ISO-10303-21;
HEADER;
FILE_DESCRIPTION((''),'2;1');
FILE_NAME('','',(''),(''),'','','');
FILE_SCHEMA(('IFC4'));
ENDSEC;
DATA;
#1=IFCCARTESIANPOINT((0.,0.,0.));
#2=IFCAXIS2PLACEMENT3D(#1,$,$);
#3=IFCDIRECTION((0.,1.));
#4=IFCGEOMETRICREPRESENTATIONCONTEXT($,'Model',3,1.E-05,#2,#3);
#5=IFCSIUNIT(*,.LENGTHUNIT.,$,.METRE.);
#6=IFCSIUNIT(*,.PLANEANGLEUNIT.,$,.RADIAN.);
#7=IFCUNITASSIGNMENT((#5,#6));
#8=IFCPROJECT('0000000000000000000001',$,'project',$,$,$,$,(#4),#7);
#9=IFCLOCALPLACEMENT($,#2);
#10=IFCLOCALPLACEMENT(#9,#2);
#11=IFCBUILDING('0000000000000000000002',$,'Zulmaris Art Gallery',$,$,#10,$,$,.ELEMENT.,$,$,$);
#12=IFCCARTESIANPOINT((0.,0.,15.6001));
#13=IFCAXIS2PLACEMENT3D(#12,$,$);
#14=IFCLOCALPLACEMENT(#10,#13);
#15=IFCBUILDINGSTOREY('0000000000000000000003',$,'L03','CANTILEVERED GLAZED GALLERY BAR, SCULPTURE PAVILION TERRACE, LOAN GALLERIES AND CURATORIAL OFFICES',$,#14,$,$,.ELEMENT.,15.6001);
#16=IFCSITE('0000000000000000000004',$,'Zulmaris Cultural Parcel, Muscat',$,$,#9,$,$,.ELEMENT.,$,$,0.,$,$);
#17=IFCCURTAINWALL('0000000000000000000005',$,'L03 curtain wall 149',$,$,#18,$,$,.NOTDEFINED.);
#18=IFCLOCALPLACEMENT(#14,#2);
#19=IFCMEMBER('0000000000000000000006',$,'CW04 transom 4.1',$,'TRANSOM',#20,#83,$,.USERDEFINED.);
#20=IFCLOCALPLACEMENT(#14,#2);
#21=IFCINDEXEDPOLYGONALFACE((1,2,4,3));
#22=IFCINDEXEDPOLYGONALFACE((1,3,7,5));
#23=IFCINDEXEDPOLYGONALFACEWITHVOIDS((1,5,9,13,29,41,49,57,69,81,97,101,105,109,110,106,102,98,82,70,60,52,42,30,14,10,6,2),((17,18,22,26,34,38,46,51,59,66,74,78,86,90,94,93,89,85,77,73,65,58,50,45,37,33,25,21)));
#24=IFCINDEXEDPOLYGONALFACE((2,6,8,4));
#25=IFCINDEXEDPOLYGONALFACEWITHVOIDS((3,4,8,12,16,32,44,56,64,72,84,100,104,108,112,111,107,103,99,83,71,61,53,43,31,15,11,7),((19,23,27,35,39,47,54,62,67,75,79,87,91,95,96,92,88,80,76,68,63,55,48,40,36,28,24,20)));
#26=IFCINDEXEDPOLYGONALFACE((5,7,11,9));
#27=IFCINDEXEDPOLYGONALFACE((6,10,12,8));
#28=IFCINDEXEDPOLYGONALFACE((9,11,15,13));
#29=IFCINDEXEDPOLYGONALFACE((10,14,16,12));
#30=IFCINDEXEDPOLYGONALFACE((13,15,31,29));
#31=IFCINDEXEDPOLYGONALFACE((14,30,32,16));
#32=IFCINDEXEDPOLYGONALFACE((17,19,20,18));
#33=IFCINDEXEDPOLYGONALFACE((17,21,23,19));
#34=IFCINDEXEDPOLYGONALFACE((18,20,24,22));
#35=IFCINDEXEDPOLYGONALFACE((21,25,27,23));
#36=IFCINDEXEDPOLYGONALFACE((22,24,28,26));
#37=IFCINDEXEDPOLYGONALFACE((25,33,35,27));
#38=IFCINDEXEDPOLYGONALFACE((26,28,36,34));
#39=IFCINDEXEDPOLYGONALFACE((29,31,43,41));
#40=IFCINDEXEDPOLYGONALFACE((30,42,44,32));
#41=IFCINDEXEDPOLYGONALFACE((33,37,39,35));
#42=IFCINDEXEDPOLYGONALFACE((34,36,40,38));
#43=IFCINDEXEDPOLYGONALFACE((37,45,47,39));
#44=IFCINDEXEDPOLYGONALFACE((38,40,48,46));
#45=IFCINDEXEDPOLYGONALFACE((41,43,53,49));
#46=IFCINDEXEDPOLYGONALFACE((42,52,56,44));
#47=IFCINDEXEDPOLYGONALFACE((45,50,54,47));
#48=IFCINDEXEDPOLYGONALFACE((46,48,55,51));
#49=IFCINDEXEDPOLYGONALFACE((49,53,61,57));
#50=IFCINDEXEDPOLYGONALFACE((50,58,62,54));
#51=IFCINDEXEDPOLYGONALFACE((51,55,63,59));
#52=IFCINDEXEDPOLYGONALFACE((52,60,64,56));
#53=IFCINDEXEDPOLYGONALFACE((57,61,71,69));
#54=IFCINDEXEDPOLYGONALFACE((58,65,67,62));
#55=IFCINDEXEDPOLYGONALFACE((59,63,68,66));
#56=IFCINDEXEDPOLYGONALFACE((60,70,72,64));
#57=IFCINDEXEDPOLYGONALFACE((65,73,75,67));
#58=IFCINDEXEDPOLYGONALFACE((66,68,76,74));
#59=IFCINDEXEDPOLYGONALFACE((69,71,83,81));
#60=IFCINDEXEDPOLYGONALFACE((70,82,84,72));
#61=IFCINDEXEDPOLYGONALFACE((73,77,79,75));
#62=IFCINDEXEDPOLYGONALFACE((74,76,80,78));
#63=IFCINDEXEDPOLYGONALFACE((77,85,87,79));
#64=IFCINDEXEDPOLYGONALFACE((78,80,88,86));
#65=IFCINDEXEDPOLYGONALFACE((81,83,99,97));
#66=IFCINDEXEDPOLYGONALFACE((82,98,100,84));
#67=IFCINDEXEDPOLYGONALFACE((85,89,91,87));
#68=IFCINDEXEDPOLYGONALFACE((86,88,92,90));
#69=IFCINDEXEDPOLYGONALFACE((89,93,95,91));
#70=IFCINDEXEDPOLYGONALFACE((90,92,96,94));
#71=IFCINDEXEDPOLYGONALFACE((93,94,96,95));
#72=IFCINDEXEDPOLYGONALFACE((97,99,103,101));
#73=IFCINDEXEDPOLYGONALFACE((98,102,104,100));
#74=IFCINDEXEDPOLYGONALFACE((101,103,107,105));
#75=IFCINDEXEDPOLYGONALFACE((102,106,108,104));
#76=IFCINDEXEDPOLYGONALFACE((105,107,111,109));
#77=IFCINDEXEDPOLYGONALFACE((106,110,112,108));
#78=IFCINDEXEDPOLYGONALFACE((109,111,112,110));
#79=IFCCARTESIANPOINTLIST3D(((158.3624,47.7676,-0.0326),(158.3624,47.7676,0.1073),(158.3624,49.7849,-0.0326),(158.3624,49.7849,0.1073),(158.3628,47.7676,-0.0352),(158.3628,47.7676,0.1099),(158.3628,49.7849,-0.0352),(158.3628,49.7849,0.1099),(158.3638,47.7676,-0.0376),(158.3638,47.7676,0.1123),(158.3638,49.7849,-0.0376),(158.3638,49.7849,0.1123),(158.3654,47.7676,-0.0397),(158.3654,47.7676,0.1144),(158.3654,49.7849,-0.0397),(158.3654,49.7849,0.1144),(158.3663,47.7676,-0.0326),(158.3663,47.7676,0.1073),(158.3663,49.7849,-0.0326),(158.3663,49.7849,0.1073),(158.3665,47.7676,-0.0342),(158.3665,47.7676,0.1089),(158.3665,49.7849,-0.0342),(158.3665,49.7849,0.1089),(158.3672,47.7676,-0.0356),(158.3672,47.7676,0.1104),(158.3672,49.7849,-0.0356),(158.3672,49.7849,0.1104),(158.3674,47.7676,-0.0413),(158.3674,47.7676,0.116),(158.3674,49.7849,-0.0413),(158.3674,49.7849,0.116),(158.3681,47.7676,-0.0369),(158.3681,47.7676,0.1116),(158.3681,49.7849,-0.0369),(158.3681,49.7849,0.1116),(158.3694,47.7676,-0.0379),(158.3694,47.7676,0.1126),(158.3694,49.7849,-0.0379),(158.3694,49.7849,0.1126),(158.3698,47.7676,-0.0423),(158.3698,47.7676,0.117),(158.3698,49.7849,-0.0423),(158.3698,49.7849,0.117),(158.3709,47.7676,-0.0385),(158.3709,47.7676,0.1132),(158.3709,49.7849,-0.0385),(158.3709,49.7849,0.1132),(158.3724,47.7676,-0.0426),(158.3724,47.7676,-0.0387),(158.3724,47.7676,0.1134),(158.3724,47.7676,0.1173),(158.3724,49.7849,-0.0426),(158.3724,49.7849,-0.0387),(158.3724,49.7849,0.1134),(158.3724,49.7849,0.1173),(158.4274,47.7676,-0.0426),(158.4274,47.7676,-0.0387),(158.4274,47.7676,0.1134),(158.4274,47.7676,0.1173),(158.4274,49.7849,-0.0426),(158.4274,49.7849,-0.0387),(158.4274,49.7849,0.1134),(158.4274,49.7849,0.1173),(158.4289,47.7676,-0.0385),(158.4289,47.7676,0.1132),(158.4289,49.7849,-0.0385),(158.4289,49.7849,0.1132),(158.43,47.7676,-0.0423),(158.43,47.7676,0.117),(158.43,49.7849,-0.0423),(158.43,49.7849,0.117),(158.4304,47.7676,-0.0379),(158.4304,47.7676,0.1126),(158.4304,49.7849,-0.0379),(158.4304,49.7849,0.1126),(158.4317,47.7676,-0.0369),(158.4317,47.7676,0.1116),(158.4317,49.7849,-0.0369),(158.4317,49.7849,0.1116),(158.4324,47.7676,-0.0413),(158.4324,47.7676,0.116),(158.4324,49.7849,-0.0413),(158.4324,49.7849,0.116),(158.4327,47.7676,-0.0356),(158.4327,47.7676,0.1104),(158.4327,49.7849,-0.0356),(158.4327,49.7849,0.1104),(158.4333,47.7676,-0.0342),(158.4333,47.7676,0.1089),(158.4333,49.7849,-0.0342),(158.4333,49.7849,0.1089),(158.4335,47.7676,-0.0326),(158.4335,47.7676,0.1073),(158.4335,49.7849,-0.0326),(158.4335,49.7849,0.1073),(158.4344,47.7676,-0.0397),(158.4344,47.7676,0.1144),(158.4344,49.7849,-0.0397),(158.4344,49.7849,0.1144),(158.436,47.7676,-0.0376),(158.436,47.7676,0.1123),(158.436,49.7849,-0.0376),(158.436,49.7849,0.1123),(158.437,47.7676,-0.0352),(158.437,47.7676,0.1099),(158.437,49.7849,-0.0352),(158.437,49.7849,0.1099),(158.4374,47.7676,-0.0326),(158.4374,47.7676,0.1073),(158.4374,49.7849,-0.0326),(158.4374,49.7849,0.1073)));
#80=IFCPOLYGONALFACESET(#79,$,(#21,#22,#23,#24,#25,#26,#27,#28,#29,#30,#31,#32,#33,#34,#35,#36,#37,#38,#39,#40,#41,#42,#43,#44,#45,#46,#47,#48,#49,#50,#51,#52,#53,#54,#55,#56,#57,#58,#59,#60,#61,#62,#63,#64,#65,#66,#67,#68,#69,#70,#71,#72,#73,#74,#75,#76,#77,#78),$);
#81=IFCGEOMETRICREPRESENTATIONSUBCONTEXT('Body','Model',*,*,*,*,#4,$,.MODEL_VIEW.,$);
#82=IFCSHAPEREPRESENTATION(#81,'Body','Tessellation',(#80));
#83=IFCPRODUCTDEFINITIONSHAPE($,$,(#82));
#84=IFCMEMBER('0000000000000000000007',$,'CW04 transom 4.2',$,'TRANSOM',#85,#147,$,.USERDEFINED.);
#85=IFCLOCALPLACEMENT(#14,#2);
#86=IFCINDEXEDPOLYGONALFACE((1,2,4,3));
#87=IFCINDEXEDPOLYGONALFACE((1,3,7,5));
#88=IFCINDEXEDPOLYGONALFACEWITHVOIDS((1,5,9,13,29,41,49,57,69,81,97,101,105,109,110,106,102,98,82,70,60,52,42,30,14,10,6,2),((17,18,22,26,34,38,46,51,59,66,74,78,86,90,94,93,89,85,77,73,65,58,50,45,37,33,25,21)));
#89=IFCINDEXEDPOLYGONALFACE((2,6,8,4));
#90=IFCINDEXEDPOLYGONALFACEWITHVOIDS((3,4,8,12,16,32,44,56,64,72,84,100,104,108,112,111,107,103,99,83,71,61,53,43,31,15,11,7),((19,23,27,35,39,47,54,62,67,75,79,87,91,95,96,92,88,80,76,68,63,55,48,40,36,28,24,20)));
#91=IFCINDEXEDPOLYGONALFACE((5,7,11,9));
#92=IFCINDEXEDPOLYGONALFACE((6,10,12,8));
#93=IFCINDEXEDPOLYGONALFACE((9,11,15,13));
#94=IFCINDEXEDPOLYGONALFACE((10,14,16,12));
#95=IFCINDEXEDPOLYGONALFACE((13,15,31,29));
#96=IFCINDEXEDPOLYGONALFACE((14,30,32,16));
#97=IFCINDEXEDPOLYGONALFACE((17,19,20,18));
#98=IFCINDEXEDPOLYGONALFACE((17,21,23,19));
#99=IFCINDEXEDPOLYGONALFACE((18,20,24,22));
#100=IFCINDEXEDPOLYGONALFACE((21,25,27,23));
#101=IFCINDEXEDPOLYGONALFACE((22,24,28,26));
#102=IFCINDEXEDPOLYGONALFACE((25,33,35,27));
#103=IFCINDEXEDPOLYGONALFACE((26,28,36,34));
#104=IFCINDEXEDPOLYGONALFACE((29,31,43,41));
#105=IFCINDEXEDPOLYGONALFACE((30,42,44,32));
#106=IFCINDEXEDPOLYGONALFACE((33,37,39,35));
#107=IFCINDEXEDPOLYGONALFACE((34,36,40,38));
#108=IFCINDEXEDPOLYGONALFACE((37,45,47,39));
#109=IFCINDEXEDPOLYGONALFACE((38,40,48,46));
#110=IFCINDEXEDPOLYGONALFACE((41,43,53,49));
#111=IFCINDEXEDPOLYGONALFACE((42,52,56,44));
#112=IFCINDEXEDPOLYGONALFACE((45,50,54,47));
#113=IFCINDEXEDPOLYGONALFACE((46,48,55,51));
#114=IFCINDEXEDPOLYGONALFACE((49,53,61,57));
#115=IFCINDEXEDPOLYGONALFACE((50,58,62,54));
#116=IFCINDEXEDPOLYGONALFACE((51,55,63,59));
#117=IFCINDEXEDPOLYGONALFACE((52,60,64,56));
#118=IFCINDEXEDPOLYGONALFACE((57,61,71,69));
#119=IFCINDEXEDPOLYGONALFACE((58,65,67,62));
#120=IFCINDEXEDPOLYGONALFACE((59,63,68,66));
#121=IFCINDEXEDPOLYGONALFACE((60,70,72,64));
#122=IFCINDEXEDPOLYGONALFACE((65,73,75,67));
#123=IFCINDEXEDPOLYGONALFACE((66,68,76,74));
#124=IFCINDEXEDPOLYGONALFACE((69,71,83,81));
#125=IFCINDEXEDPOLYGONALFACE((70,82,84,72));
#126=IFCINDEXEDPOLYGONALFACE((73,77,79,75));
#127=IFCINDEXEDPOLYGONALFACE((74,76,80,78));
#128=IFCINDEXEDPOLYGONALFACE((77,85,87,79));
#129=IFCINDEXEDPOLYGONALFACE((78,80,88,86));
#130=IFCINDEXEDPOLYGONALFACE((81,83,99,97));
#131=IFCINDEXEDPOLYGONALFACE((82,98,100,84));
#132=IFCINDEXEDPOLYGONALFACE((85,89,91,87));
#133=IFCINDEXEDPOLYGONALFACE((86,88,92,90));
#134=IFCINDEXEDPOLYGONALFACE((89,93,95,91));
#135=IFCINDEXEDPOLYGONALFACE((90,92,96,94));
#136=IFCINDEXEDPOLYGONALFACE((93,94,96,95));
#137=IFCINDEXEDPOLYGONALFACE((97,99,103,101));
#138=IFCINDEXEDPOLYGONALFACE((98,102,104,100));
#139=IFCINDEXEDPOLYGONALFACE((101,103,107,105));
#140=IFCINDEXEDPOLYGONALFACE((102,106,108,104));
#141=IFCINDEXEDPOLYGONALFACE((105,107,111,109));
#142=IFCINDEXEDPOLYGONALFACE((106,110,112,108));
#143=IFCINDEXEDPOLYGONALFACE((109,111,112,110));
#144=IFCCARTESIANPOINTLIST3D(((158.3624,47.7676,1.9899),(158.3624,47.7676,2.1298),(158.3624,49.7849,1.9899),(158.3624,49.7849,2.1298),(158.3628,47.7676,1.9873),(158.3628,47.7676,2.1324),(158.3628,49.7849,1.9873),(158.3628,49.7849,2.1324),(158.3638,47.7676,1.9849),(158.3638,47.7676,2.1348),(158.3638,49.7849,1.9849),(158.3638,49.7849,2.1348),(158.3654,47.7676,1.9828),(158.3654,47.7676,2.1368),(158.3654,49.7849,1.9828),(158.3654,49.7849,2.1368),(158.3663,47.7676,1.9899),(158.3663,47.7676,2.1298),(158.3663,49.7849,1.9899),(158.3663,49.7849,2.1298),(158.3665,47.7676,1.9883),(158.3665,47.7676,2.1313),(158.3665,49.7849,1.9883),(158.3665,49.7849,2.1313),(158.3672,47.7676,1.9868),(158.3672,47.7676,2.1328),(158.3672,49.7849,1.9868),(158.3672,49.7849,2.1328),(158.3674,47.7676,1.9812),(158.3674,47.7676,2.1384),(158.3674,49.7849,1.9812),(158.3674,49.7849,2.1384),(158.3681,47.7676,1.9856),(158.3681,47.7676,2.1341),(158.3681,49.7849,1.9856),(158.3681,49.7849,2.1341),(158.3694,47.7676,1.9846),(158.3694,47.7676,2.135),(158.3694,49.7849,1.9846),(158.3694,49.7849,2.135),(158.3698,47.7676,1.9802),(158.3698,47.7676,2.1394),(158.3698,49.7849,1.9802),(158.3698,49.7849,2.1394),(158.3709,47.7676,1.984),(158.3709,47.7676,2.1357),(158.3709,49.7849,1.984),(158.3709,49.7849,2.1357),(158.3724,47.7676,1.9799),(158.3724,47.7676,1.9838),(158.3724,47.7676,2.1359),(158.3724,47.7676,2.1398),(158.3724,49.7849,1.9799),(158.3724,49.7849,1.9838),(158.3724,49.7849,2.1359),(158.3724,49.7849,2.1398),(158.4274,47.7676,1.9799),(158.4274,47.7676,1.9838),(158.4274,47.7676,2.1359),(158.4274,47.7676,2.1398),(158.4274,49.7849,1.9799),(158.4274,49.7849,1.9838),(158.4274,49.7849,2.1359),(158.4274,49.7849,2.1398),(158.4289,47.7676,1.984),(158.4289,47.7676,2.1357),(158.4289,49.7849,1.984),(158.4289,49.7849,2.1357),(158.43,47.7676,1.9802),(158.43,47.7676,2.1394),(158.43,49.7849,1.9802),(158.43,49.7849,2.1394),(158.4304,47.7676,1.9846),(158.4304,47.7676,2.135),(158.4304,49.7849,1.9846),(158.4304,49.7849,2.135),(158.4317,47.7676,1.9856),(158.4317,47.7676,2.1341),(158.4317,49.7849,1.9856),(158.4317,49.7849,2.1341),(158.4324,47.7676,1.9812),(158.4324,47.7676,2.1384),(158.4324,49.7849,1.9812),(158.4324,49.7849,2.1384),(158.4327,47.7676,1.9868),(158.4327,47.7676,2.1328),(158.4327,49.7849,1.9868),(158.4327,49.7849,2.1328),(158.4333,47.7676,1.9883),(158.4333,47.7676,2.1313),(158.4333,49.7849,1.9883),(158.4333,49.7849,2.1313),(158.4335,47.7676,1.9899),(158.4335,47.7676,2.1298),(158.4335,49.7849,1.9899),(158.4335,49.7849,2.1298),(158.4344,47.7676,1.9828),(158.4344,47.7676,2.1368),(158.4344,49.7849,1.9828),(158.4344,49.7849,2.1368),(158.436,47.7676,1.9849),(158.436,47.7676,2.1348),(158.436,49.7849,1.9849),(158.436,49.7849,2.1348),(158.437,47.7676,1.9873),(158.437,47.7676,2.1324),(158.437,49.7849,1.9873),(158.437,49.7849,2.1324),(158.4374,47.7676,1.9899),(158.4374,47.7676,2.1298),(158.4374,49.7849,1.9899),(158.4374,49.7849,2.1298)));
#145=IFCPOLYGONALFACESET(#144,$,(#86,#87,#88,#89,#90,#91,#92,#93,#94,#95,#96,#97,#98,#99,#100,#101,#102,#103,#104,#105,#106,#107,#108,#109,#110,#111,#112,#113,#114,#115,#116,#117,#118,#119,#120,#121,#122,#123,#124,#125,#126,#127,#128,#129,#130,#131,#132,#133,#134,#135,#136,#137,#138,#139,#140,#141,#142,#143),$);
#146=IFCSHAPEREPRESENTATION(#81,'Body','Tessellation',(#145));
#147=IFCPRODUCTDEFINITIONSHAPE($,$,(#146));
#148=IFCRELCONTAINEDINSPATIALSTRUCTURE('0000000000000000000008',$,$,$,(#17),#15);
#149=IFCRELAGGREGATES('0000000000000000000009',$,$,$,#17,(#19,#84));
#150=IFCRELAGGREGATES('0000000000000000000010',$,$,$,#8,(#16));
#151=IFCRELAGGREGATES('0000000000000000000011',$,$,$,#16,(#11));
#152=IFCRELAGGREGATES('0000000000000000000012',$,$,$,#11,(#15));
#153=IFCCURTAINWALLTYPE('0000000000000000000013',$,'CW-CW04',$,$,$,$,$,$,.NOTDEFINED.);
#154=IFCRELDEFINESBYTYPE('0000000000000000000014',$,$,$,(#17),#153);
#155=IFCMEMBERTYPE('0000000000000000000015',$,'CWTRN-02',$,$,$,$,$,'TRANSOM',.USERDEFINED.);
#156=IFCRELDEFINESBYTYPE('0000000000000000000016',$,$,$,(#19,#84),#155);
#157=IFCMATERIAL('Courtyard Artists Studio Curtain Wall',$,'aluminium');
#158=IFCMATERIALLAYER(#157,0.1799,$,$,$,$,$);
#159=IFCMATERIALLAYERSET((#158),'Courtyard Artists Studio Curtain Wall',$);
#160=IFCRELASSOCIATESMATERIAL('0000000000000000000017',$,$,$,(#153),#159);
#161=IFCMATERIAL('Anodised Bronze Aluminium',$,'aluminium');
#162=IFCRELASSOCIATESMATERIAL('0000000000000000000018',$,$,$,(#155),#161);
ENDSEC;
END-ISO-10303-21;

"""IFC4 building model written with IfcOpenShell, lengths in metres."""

from ifc_helpers import new_model, si_unit, direction, frame, origin, origin_2d, place, context, subcontext, project, spatial, hollow_rectangle, extrude, material, layer, layer_set, material_profile, profile_set, type_object, element, aggregate, save


model = new_model("IFC4")

# Units and contexts
model_context = context("Model", 3, precision=1e-05, world=origin(), true_north=direction((0.0, 1.0)))
body_context = subcontext(model_context, "Body", "Model", "MODEL_VIEW")
ifc_project = project(units=[si_unit("LENGTHUNIT", "METRE"), si_unit("PLANEANGLEUNIT", "RADIAN")], contexts=[model_context])

# Site, building, storey
site_placement = place(None, origin())
site = spatial("IfcSite", under=ifc_project, at=site_placement, Name="Zulmaris Cultural Parcel, Muscat", CompositionType="ELEMENT", RefElevation=0.0)
building_placement = place(site_placement, origin())
building = spatial("IfcBuilding", under=site, at=building_placement, Name="Zulmaris Art Gallery", CompositionType="ELEMENT")
storey_placement = place(building_placement, frame((0.0, 0.0, 15.6001)))
storey = spatial("IfcBuildingStorey", under=building, at=storey_placement, Name="L03", Description="CANTILEVERED GLAZED GALLERY BAR, SCULPTURE PAVILION TERRACE, LOAN GALLERIES AND CURATORIAL OFFICES", CompositionType="ELEMENT", Elevation=15.6001)

# Curtain wall
ifc_material_1 = material(Name="Courtyard Artists Studio Curtain Wall", Category="aluminium")
ifc_layer_1 = layer(ifc_material_1, 0.1799)
ifc_layer_set_1 = layer_set([ifc_layer_1], Name="Courtyard Artists Studio Curtain Wall")
curtain_wall_type = type_object("IfcCurtainWallType", Name="CW-CW04", PredefinedType="NOTDEFINED", material=ifc_layer_set_1)
curtain_wall_1_placement = place(storey_placement, origin())
curtain_wall_1 = element("IfcCurtainWall", 1, at=curtain_wall_1_placement, inside=storey, type_object=curtain_wall_type, Name="L03 curtain wall 149", PredefinedType="NOTDEFINED")
ifc_material_2 = material(Name="Anodised Bronze Aluminium", Category="aluminium")

# Members
ifc_material_profile_1 = material_profile(ifc_material_2, hollow_rectangle(XDim=0.075, YDim=0.1599, WallThickness=0.0039, InnerFilletRadius=0.0061, OuterFilletRadius=0.01, at=origin_2d()), Name="ALU 75x160x4")
ifc_profile_set_1 = profile_set([ifc_material_profile_1], Name="Anodised Bronze Aluminium")
member_type_1 = type_object("IfcMemberType", Name="CWTRN-02", ElementType="TRANSOM", PredefinedType="USERDEFINED", material=ifc_profile_set_1)
member_1_placement = place(storey_placement, frame((158.3999, 47.7676, 0.0374), z_axis=(0.0, 1.0, 0.0), x_axis=(-1.0, 0.0, 0.0)))
member_1 = element("IfcMember", 2, at=member_1_placement, type_object=member_type_1, Name="CW04 transom 4.1", ObjectType="TRANSOM", PredefinedType="USERDEFINED", context=body_context, shape_type="SweptSolid", body=[
    extrude(hollow_rectangle(XDim=0.075, YDim=0.1599, WallThickness=0.0039, InnerFilletRadius=0.0061, OuterFilletRadius=0.01, at=origin_2d()), origin(), (0.0, 0.0, 1.0), 2.0173),
])
member_2_placement = place(storey_placement, frame((158.3999, 47.7676, 2.0598), z_axis=(0.0, 1.0, 0.0), x_axis=(-1.0, 0.0, 0.0)))
member_2 = element("IfcMember", 3, at=member_2_placement, type_object=member_type_1, Name="CW04 transom 4.2", ObjectType="TRANSOM", PredefinedType="USERDEFINED", context=body_context, shape_type="SweptSolid", body=[
    extrude(hollow_rectangle(XDim=0.075, YDim=0.1599, WallThickness=0.0039, InnerFilletRadius=0.0061, OuterFilletRadius=0.01, at=origin_2d()), origin(), (0.0, 0.0, 1.0), 2.0173),
])

aggregate(curtain_wall_1, [member_1, member_2])

save(model, "model.ifc")
